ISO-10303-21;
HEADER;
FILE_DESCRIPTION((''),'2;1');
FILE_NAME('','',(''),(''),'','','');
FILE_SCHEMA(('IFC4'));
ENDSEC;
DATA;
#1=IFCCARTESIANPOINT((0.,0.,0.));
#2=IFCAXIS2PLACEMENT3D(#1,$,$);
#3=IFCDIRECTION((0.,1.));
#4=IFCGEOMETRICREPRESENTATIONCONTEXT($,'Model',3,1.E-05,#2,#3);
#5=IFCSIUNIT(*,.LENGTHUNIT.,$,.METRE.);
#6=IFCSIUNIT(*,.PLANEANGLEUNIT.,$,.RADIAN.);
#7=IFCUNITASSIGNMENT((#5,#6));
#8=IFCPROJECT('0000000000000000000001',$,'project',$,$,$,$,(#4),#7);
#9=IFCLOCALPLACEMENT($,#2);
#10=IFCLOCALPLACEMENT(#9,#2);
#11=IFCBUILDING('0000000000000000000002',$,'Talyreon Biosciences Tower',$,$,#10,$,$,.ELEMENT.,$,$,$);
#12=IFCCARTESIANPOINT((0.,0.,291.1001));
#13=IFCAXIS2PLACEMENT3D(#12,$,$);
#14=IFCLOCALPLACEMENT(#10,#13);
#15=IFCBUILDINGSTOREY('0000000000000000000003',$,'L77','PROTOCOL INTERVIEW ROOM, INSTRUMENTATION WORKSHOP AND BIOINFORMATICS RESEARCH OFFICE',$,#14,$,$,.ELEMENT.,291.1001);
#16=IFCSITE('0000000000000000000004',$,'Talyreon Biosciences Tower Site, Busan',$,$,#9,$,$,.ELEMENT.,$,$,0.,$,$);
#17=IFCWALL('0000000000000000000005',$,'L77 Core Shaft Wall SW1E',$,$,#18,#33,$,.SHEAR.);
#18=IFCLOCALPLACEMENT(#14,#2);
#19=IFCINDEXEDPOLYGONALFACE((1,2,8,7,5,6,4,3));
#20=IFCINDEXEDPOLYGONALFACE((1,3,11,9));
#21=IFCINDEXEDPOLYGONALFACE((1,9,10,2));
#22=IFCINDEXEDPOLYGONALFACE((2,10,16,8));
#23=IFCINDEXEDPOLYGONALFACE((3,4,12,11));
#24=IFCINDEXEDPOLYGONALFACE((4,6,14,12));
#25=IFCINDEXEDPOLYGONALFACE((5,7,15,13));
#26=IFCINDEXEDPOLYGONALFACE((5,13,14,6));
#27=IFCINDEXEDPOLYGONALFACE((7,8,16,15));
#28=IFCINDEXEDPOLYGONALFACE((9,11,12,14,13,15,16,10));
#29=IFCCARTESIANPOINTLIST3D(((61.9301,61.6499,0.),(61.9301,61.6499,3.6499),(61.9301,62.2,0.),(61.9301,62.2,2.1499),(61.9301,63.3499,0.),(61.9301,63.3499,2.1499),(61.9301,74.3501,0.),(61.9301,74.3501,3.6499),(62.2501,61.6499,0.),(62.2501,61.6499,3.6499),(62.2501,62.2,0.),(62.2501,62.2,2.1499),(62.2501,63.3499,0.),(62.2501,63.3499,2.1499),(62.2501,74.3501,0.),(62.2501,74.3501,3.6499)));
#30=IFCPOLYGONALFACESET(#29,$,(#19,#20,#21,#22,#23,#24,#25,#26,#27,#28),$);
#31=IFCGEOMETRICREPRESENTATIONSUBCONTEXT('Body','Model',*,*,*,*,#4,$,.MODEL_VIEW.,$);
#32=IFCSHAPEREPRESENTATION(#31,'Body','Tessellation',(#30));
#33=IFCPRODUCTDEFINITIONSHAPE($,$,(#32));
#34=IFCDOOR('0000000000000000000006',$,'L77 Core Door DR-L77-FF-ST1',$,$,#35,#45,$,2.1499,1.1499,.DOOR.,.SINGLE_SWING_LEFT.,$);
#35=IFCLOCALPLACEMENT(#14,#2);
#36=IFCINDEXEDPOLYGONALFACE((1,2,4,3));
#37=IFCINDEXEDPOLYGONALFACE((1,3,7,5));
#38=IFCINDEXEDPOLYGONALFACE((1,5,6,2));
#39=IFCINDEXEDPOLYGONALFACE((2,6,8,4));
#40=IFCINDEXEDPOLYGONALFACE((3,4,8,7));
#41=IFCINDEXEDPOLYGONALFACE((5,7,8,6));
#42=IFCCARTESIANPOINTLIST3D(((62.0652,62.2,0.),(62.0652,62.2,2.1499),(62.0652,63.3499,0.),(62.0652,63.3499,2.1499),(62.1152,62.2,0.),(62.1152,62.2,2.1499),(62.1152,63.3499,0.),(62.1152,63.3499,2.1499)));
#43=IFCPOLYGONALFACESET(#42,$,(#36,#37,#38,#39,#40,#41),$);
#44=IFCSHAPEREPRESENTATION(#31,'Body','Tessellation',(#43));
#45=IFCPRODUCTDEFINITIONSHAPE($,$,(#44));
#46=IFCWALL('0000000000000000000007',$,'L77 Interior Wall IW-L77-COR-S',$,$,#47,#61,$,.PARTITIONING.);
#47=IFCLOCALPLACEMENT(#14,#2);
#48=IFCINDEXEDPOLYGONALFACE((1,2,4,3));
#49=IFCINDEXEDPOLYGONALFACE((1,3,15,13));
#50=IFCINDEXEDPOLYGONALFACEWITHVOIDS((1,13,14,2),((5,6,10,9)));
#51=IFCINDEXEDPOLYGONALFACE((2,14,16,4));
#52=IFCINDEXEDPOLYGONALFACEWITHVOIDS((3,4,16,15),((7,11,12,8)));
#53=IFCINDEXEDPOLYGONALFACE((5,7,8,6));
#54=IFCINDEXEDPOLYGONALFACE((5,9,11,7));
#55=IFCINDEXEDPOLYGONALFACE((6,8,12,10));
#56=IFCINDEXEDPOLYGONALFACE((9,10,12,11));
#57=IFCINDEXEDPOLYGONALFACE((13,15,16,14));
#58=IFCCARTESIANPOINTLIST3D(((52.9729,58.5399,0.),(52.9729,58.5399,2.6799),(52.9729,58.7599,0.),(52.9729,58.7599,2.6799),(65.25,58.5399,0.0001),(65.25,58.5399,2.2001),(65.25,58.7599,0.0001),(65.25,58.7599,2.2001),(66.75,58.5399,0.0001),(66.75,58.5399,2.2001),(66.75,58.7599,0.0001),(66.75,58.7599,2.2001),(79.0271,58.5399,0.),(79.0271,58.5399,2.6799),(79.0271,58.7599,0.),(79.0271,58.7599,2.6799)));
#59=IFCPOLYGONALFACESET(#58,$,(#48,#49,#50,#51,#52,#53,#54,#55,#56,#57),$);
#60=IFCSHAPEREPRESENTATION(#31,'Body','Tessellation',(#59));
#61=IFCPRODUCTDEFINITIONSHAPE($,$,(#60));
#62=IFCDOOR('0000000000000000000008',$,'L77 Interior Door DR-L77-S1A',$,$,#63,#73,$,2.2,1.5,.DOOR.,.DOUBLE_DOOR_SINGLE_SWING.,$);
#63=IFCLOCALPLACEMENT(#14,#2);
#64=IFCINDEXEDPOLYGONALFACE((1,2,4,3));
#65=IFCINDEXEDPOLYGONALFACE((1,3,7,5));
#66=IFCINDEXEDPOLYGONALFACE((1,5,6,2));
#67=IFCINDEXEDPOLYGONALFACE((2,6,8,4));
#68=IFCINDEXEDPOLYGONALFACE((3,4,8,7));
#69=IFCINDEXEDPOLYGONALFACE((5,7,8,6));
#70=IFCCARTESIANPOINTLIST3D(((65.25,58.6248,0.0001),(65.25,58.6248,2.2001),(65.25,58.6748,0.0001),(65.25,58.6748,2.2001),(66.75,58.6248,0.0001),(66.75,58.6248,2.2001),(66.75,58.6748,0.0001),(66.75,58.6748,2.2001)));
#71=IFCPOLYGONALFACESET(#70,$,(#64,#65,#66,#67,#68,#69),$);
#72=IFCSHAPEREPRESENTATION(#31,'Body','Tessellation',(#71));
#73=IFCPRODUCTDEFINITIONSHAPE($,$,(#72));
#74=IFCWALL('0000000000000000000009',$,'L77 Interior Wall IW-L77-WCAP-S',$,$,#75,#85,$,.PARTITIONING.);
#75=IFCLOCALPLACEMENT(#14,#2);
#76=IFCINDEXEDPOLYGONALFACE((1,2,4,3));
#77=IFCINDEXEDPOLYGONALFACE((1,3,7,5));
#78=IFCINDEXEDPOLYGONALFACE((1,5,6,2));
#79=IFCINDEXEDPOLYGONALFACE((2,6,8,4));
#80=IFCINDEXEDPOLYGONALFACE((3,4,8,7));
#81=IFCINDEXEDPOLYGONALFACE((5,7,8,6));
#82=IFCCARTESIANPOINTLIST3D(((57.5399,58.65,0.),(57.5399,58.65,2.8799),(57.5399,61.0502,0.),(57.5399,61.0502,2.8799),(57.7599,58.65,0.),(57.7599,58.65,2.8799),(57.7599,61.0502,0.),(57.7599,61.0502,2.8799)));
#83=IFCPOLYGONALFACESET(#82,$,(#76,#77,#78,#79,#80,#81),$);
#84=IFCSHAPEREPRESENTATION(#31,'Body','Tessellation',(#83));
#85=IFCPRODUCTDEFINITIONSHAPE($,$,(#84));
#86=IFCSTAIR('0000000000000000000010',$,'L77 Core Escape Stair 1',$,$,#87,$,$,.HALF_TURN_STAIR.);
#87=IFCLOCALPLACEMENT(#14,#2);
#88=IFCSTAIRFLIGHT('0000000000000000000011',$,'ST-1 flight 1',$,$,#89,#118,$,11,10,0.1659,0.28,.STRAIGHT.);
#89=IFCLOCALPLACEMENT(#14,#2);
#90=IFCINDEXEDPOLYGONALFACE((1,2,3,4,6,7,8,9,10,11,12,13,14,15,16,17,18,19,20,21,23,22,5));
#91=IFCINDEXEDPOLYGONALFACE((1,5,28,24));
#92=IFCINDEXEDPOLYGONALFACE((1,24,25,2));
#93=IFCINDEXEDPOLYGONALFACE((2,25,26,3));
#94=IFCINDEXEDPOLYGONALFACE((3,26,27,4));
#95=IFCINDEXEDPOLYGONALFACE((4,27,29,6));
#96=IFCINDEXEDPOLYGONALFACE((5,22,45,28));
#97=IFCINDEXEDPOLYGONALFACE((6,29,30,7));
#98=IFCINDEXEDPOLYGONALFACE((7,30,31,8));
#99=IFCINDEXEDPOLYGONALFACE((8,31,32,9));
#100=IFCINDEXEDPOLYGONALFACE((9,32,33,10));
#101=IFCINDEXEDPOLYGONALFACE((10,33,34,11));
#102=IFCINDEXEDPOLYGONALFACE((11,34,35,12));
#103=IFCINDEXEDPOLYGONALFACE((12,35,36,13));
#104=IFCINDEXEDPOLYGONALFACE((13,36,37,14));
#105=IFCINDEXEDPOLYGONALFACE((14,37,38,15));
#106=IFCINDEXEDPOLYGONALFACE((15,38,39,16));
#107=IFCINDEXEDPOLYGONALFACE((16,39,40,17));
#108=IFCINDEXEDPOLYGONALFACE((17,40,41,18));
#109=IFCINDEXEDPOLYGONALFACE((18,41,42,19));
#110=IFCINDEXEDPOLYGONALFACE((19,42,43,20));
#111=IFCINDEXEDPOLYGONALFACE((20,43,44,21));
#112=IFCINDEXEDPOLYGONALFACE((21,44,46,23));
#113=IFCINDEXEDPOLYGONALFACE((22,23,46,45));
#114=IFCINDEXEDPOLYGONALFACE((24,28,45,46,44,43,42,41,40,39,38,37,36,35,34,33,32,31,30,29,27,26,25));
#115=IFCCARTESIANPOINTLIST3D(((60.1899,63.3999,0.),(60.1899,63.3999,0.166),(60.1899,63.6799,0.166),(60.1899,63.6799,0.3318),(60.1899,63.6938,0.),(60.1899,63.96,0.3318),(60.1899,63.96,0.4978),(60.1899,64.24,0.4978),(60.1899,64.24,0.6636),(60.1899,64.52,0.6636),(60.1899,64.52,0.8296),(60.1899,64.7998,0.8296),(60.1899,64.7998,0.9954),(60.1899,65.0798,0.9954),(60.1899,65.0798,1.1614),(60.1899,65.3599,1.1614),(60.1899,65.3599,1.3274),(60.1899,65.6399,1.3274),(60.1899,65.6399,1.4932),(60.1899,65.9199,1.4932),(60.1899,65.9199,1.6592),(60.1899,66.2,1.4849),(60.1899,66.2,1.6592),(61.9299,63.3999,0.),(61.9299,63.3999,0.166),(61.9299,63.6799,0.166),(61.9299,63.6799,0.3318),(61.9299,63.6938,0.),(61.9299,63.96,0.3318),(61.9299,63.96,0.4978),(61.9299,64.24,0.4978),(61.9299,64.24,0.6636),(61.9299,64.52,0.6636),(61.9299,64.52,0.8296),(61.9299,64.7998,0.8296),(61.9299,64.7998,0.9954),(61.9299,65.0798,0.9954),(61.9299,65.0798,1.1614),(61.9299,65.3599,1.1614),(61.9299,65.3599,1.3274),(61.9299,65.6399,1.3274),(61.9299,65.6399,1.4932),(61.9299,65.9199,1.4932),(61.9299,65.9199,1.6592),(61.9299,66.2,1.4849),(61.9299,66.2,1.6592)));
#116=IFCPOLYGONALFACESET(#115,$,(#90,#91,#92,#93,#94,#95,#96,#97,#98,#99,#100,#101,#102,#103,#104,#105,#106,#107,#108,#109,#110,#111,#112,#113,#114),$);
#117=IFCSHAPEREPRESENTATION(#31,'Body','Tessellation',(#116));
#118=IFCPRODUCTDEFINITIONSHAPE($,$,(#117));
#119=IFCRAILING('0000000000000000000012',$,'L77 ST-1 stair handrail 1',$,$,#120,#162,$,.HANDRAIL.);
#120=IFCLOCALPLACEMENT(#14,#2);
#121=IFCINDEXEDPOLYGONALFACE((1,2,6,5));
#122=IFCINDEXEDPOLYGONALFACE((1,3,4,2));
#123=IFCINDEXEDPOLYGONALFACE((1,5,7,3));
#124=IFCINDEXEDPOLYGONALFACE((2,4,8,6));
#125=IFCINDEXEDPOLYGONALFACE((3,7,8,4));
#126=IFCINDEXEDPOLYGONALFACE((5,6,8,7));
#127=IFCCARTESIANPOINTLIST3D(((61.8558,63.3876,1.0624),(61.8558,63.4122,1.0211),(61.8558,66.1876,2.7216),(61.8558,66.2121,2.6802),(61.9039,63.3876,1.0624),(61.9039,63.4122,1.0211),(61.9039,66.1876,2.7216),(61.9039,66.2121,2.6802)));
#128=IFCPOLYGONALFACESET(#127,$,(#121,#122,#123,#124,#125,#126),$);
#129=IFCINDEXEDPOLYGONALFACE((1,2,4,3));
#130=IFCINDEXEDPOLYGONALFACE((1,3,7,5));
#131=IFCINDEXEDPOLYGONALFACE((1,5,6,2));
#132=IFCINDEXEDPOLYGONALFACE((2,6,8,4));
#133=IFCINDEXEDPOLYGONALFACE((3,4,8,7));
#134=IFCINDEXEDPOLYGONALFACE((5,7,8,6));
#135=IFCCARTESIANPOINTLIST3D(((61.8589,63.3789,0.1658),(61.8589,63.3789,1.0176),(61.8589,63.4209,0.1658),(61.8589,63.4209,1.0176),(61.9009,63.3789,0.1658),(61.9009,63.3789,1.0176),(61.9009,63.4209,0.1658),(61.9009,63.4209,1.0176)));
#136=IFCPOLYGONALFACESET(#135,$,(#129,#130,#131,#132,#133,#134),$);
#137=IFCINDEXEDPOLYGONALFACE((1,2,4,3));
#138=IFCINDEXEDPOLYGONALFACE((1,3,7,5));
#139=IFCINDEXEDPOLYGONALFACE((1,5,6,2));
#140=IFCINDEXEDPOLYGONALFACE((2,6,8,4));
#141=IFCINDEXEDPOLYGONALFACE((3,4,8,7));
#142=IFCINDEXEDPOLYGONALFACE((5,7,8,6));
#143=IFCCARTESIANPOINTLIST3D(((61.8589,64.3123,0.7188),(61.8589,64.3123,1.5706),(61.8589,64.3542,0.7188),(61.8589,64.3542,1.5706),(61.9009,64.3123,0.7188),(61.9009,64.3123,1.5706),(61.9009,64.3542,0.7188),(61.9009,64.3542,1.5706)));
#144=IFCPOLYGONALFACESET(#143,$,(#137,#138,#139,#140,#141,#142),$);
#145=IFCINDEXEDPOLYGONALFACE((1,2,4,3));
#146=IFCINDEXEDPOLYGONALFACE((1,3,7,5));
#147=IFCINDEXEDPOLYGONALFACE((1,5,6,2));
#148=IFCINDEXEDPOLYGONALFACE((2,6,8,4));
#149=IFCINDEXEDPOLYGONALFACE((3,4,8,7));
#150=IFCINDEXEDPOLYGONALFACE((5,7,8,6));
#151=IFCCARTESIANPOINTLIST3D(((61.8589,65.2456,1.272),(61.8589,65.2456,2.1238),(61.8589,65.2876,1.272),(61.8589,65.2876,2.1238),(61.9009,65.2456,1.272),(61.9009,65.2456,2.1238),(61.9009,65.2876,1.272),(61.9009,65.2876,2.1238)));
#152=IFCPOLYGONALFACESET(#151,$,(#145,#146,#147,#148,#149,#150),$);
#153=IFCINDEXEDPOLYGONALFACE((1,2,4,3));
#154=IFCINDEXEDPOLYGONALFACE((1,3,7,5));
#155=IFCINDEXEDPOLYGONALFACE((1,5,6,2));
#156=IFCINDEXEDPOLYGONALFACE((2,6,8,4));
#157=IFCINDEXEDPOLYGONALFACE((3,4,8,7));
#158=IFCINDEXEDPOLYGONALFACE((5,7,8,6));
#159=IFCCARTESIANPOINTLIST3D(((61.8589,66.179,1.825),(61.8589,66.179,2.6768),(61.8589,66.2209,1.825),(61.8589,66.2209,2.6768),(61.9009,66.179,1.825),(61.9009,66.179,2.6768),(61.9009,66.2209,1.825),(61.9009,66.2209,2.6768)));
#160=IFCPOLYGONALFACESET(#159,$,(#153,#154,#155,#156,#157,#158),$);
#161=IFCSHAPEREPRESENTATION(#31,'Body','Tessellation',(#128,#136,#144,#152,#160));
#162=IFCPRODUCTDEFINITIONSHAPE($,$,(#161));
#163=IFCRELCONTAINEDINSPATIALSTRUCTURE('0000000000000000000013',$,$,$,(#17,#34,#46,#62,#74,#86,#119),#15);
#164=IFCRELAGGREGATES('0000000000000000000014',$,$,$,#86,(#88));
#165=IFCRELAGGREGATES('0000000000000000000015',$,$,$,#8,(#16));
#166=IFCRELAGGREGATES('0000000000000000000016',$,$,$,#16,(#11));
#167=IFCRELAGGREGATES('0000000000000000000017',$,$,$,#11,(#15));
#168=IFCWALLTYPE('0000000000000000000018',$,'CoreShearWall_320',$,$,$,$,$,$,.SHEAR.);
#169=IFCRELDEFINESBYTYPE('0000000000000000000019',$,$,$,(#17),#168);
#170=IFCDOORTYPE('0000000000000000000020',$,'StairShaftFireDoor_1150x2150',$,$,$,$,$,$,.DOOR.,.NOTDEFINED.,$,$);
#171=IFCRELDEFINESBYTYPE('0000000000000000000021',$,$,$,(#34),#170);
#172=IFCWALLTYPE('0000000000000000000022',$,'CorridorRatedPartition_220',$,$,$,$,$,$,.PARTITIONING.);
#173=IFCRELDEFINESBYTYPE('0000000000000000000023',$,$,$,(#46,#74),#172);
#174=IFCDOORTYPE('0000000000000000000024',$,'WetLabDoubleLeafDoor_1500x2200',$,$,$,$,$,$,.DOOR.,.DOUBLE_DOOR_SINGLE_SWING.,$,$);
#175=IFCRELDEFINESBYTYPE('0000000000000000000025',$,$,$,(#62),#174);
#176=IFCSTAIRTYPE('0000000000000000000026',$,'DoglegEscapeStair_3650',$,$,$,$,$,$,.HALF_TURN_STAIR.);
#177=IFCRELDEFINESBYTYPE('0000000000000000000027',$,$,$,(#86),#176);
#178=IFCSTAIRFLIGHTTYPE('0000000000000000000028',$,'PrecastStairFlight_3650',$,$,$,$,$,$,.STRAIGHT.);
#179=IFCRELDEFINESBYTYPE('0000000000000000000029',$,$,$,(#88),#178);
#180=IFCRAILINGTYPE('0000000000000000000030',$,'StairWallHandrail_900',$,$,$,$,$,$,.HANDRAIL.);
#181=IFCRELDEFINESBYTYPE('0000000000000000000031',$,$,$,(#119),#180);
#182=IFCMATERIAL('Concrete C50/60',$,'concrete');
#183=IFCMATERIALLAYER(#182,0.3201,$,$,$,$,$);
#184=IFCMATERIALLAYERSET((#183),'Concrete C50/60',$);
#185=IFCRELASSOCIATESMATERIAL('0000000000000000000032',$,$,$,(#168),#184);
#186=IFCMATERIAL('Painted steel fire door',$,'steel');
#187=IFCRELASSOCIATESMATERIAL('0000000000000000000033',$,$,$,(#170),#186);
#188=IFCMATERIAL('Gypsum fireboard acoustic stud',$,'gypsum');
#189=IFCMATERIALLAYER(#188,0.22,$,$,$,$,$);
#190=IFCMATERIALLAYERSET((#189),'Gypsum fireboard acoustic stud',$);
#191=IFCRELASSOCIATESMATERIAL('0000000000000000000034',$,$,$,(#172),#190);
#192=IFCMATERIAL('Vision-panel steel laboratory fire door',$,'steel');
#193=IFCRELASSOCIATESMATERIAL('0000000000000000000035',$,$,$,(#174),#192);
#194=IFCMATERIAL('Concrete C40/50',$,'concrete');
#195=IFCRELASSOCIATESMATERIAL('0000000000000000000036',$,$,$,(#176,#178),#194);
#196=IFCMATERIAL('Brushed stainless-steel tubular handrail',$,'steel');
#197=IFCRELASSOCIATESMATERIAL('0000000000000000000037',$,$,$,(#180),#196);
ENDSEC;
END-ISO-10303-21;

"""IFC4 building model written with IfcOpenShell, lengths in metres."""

from ifc_helpers import new_model, si_unit, direction, frame, frame_2d, origin, origin_2d, place, context, subcontext, project, spatial, polyline, rectangle, outline, extrude, material, layer, layer_set, type_object, element, fill, aggregate, save


model = new_model("IFC4")

# Units and contexts
model_context = context("Model", 3, precision=1e-05, world=origin(), true_north=direction((0.0, 1.0)))
body_context = subcontext(model_context, "Body", "Model", "MODEL_VIEW")
ifc_project = project(units=[si_unit("LENGTHUNIT", "METRE"), si_unit("PLANEANGLEUNIT", "RADIAN")], contexts=[model_context])

# Site, building, storey
site_placement = place(None, origin())
site = spatial("IfcSite", under=ifc_project, at=site_placement, Name="Talyreon Biosciences Tower Site, Busan", CompositionType="ELEMENT", RefElevation=0.0)
building_placement = place(site_placement, origin())
building = spatial("IfcBuilding", under=site, at=building_placement, Name="Talyreon Biosciences Tower", CompositionType="ELEMENT")
storey_placement = place(building_placement, frame((0.0, 0.0, 291.1001)))
storey = spatial("IfcBuildingStorey", under=building, at=storey_placement, Name="L77", Description="PROTOCOL INTERVIEW ROOM, INSTRUMENTATION WORKSHOP AND BIOINFORMATICS RESEARCH OFFICE", CompositionType="ELEMENT", Elevation=291.1001)

# Shared definitions
ifc_material_1 = material(Name="Concrete C50/60", Category="concrete")

# Wall, opening, door
ifc_layer_1 = layer(ifc_material_1, 0.3201)
ifc_layer_set_1 = layer_set([ifc_layer_1], Name="Concrete C50/60")
wall_type_1 = type_object("IfcWallType", Name="CoreShearWall_320", PredefinedType="SHEAR", material=ifc_layer_set_1)
wall_1_placement = place(storey_placement, frame((62.0901, 61.6499, 0.0), z_axis=(0.0, 0.0, 1.0), x_axis=(0.0, 1.0, 0.0)))
wall_1 = element("IfcWall", 1, at=wall_1_placement, inside=storey, type_object=wall_type_1, Name="L77 Core Shaft Wall SW1E", PredefinedType="SHEAR", context=body_context, shape_type="SweptSolid", body=[
    extrude(rectangle(XDim=12.7002, YDim=0.3201, at=frame_2d((6.3501, 0.0))), origin(), (0.0, 0.0, 1.0), 3.6499),
])
opening_1_placement = place(wall_1_placement, frame((0.55, 0.0, 0.0)))
opening_1 = element("IfcOpeningElement", 2, at=opening_1_placement, cuts=wall_1, PredefinedType="OPENING", context=body_context, shape_type="SweptSolid", body=[
    extrude(rectangle(XDim=1.1499, YDim=2.1499, at=frame_2d((0.575, 1.075))), frame((0.0, 0.1699, 0.0), z_axis=(0.0, -1.0, 0.0), x_axis=(1.0, 0.0, 0.0)), (0.0, 0.0, 1.0), 0.3401),
])
ifc_material_2 = material(Name="Painted steel fire door", Category="steel")
door_type_1 = type_object("IfcDoorType", Name="StairShaftFireDoor_1150x2150", OperationType="NOTDEFINED", PredefinedType="DOOR", material=ifc_material_2)
door_1_placement = place(opening_1_placement, origin())
door_1 = element("IfcDoor", 3, at=door_1_placement, inside=storey, type_object=door_type_1, Name="L77 Core Door DR-L77-FF-ST1", OperationType="SINGLE_SWING_LEFT", OverallHeight=2.1499, OverallWidth=1.1499, PredefinedType="DOOR", context=body_context, shape_type="SweptSolid", body=[
    extrude(rectangle(XDim=1.1499, YDim=2.1499, at=frame_2d((0.575, 1.075))), frame((0.0, 0.0249, 0.0), z_axis=(0.0, -1.0, 0.0), x_axis=(1.0, 0.0, 0.0)), (0.0, 0.0, 1.0), 0.05),
])
fill(opening_1, door_1)

# Wall, opening, door
ifc_material_3 = material(Name="Gypsum fireboard acoustic stud", Category="gypsum")
ifc_layer_2 = layer(ifc_material_3, 0.22)
ifc_layer_set_2 = layer_set([ifc_layer_2], Name="Gypsum fireboard acoustic stud")
wall_type_2 = type_object("IfcWallType", Name="CorridorRatedPartition_220", PredefinedType="PARTITIONING", material=ifc_layer_set_2)
wall_2_placement = place(storey_placement, frame((52.9729, 58.6499, 0.0), z_axis=(0.0, 0.0, 1.0), x_axis=(1.0, 0.0, 0.0)))
wall_2 = element("IfcWall", 4, at=wall_2_placement, inside=storey, type_object=wall_type_2, Name="L77 Interior Wall IW-L77-COR-S", PredefinedType="PARTITIONING", context=body_context, shape_type="SweptSolid", body=[
    extrude(rectangle(XDim=26.0542, YDim=0.22, at=frame_2d((13.0271, 0.0))), origin(), (0.0, 0.0, 1.0), 2.6799),
])
opening_2_placement = place(wall_2_placement, frame((12.2771, 0.0, 0.0)))
opening_2 = element("IfcOpeningElement", 5, at=opening_2_placement, cuts=wall_2, PredefinedType="OPENING", context=body_context, shape_type="SweptSolid", body=[
    extrude(rectangle(XDim=1.5, YDim=2.2, at=frame_2d((0.75, 1.1001))), frame((0.0, 0.1199, 0.0), z_axis=(0.0, -1.0, 0.0), x_axis=(1.0, 0.0, 0.0)), (0.0, 0.0, 1.0), 0.24),
])
ifc_material_4 = material(Name="Vision-panel steel laboratory fire door", Category="steel")
door_type_2 = type_object("IfcDoorType", Name="WetLabDoubleLeafDoor_1500x2200", OperationType="DOUBLE_DOOR_SINGLE_SWING", PredefinedType="DOOR", material=ifc_material_4)
door_2_placement = place(opening_2_placement, origin())
door_2 = element("IfcDoor", 6, at=door_2_placement, inside=storey, type_object=door_type_2, Name="L77 Interior Door DR-L77-S1A", OperationType="DOUBLE_DOOR_SINGLE_SWING", OverallHeight=2.2, OverallWidth=1.5, PredefinedType="DOOR", context=body_context, shape_type="SweptSolid", body=[
    extrude(rectangle(XDim=1.5, YDim=2.2, at=frame_2d((0.75, 1.1001))), frame((0.0, 0.0249, 0.0), z_axis=(0.0, -1.0, 0.0), x_axis=(1.0, 0.0, 0.0)), (0.0, 0.0, 1.0), 0.05),
])
fill(opening_2, door_2)

# Wall
wall_3_placement = place(storey_placement, frame((57.6499, 58.6499, 0.0), z_axis=(0.0, 0.0, 1.0), x_axis=(0.0, 1.0, 0.0)))
element("IfcWall", 7, at=wall_3_placement, inside=storey, type_object=wall_type_2, Name="L77 Interior Wall IW-L77-WCAP-S", PredefinedType="PARTITIONING", context=body_context, shape_type="SweptSolid", body=[
    extrude(rectangle(XDim=2.4001, YDim=0.22, at=frame_2d((1.2002, 0.0))), origin(), (0.0, 0.0, 1.0), 2.8799),
])

# Stair, stair flight
ifc_material_5 = material(Name="Concrete C40/50", Category="concrete")
stair_type = type_object("IfcStairType", Name="DoglegEscapeStair_3650", PredefinedType="HALF_TURN_STAIR", material=ifc_material_5)
stair_placement = place(storey_placement, origin())
stair = element("IfcStair", 8, at=stair_placement, inside=storey, type_object=stair_type, Name="L77 Core Escape Stair 1", PredefinedType="HALF_TURN_STAIR")
stair_flight_type = type_object("IfcStairFlightType", Name="PrecastStairFlight_3650", PredefinedType="STRAIGHT", material=ifc_material_5)
stair_flight_placement = place(storey_placement, frame((61.0601, 63.3999, 0.0), z_axis=(0.0, 0.0, 1.0), x_axis=(0.0, 1.0, 0.0)))
stair_flight = element("IfcStairFlight", 9, at=stair_flight_placement, type_object=stair_flight_type, Name="ST-1 flight 1", NumberOfRisers=11, NumberOfTreads=10, PredefinedType="STRAIGHT", RiserHeight=0.1659, TreadLength=0.28, context=body_context, shape_type="SweptSolid", body=[
    extrude(outline(polyline([(0.0, 0.0), (0.0, 0.166), (0.28, 0.166), (0.28, 0.3318), (0.5601, 0.3318), (0.5601, 0.4978), (0.8401, 0.4978), (0.8401, 0.6636), (1.1201, 0.6636), (1.1201, 0.8296), (1.3999, 0.8296), (1.3999, 0.9954), (1.6799, 0.9954), (1.6799, 1.1614), (1.96, 1.1614), (1.96, 1.3274), (2.24, 1.3274), (2.24, 1.4932), (2.52, 1.4932), (2.52, 1.6592), (2.8, 1.6592), (2.8, 1.825), (2.8, 1.4849), (0.2939, 0.0), (0.0, 0.0)])), frame((0.0, 0.8701, 0.0), z_axis=(0.0, -1.0, 0.0), x_axis=(1.0, 0.0, 0.0)), (0.0, 0.0, 1.0), 1.74),
])
aggregate(stair, [stair_flight])

# Railing
ifc_material_6 = material(Name="Brushed stainless-steel tubular handrail", Category="steel")
railing_type_1 = type_object("IfcRailingType", Name="StairWallHandrail_900", PredefinedType="HANDRAIL", material=ifc_material_6)
railing_1_placement = place(storey_placement, frame((61.8799, 63.3999, 0.1658)))
element("IfcRailing", 10, at=railing_1_placement, inside=storey, type_object=railing_type_1, Name="L77 ST-1 stair handrail 1", PredefinedType="HANDRAIL", context=body_context, shape_type="SweptSolid", body=[
    extrude(rectangle(XDim=0.0481, YDim=0.0481, at=origin_2d()), frame((0.0, 0.0, 0.876), z_axis=(0.0, 0.860306, 0.509778), x_axis=(-1.0, 0.0, 0.0)), (0.0, 0.0, 1.0), 3.2546),
    extrude(rectangle(XDim=0.042, YDim=0.042, at=origin_2d()), origin(), (0.0, 0.0, 1.0), 0.8518),
    extrude(rectangle(XDim=0.042, YDim=0.042, at=origin_2d()), frame((0.0, 0.9333, 0.553)), (0.0, 0.0, 1.0), 0.8518),
    extrude(rectangle(XDim=0.042, YDim=0.042, at=origin_2d()), frame((0.0, 1.8667, 1.1062)), (0.0, 0.0, 1.0), 0.8518),
    extrude(rectangle(XDim=0.042, YDim=0.042, at=origin_2d()), frame((0.0, 2.8, 1.6592)), (0.0, 0.0, 1.0), 0.8518),
])

save(model, "model.ifc")
